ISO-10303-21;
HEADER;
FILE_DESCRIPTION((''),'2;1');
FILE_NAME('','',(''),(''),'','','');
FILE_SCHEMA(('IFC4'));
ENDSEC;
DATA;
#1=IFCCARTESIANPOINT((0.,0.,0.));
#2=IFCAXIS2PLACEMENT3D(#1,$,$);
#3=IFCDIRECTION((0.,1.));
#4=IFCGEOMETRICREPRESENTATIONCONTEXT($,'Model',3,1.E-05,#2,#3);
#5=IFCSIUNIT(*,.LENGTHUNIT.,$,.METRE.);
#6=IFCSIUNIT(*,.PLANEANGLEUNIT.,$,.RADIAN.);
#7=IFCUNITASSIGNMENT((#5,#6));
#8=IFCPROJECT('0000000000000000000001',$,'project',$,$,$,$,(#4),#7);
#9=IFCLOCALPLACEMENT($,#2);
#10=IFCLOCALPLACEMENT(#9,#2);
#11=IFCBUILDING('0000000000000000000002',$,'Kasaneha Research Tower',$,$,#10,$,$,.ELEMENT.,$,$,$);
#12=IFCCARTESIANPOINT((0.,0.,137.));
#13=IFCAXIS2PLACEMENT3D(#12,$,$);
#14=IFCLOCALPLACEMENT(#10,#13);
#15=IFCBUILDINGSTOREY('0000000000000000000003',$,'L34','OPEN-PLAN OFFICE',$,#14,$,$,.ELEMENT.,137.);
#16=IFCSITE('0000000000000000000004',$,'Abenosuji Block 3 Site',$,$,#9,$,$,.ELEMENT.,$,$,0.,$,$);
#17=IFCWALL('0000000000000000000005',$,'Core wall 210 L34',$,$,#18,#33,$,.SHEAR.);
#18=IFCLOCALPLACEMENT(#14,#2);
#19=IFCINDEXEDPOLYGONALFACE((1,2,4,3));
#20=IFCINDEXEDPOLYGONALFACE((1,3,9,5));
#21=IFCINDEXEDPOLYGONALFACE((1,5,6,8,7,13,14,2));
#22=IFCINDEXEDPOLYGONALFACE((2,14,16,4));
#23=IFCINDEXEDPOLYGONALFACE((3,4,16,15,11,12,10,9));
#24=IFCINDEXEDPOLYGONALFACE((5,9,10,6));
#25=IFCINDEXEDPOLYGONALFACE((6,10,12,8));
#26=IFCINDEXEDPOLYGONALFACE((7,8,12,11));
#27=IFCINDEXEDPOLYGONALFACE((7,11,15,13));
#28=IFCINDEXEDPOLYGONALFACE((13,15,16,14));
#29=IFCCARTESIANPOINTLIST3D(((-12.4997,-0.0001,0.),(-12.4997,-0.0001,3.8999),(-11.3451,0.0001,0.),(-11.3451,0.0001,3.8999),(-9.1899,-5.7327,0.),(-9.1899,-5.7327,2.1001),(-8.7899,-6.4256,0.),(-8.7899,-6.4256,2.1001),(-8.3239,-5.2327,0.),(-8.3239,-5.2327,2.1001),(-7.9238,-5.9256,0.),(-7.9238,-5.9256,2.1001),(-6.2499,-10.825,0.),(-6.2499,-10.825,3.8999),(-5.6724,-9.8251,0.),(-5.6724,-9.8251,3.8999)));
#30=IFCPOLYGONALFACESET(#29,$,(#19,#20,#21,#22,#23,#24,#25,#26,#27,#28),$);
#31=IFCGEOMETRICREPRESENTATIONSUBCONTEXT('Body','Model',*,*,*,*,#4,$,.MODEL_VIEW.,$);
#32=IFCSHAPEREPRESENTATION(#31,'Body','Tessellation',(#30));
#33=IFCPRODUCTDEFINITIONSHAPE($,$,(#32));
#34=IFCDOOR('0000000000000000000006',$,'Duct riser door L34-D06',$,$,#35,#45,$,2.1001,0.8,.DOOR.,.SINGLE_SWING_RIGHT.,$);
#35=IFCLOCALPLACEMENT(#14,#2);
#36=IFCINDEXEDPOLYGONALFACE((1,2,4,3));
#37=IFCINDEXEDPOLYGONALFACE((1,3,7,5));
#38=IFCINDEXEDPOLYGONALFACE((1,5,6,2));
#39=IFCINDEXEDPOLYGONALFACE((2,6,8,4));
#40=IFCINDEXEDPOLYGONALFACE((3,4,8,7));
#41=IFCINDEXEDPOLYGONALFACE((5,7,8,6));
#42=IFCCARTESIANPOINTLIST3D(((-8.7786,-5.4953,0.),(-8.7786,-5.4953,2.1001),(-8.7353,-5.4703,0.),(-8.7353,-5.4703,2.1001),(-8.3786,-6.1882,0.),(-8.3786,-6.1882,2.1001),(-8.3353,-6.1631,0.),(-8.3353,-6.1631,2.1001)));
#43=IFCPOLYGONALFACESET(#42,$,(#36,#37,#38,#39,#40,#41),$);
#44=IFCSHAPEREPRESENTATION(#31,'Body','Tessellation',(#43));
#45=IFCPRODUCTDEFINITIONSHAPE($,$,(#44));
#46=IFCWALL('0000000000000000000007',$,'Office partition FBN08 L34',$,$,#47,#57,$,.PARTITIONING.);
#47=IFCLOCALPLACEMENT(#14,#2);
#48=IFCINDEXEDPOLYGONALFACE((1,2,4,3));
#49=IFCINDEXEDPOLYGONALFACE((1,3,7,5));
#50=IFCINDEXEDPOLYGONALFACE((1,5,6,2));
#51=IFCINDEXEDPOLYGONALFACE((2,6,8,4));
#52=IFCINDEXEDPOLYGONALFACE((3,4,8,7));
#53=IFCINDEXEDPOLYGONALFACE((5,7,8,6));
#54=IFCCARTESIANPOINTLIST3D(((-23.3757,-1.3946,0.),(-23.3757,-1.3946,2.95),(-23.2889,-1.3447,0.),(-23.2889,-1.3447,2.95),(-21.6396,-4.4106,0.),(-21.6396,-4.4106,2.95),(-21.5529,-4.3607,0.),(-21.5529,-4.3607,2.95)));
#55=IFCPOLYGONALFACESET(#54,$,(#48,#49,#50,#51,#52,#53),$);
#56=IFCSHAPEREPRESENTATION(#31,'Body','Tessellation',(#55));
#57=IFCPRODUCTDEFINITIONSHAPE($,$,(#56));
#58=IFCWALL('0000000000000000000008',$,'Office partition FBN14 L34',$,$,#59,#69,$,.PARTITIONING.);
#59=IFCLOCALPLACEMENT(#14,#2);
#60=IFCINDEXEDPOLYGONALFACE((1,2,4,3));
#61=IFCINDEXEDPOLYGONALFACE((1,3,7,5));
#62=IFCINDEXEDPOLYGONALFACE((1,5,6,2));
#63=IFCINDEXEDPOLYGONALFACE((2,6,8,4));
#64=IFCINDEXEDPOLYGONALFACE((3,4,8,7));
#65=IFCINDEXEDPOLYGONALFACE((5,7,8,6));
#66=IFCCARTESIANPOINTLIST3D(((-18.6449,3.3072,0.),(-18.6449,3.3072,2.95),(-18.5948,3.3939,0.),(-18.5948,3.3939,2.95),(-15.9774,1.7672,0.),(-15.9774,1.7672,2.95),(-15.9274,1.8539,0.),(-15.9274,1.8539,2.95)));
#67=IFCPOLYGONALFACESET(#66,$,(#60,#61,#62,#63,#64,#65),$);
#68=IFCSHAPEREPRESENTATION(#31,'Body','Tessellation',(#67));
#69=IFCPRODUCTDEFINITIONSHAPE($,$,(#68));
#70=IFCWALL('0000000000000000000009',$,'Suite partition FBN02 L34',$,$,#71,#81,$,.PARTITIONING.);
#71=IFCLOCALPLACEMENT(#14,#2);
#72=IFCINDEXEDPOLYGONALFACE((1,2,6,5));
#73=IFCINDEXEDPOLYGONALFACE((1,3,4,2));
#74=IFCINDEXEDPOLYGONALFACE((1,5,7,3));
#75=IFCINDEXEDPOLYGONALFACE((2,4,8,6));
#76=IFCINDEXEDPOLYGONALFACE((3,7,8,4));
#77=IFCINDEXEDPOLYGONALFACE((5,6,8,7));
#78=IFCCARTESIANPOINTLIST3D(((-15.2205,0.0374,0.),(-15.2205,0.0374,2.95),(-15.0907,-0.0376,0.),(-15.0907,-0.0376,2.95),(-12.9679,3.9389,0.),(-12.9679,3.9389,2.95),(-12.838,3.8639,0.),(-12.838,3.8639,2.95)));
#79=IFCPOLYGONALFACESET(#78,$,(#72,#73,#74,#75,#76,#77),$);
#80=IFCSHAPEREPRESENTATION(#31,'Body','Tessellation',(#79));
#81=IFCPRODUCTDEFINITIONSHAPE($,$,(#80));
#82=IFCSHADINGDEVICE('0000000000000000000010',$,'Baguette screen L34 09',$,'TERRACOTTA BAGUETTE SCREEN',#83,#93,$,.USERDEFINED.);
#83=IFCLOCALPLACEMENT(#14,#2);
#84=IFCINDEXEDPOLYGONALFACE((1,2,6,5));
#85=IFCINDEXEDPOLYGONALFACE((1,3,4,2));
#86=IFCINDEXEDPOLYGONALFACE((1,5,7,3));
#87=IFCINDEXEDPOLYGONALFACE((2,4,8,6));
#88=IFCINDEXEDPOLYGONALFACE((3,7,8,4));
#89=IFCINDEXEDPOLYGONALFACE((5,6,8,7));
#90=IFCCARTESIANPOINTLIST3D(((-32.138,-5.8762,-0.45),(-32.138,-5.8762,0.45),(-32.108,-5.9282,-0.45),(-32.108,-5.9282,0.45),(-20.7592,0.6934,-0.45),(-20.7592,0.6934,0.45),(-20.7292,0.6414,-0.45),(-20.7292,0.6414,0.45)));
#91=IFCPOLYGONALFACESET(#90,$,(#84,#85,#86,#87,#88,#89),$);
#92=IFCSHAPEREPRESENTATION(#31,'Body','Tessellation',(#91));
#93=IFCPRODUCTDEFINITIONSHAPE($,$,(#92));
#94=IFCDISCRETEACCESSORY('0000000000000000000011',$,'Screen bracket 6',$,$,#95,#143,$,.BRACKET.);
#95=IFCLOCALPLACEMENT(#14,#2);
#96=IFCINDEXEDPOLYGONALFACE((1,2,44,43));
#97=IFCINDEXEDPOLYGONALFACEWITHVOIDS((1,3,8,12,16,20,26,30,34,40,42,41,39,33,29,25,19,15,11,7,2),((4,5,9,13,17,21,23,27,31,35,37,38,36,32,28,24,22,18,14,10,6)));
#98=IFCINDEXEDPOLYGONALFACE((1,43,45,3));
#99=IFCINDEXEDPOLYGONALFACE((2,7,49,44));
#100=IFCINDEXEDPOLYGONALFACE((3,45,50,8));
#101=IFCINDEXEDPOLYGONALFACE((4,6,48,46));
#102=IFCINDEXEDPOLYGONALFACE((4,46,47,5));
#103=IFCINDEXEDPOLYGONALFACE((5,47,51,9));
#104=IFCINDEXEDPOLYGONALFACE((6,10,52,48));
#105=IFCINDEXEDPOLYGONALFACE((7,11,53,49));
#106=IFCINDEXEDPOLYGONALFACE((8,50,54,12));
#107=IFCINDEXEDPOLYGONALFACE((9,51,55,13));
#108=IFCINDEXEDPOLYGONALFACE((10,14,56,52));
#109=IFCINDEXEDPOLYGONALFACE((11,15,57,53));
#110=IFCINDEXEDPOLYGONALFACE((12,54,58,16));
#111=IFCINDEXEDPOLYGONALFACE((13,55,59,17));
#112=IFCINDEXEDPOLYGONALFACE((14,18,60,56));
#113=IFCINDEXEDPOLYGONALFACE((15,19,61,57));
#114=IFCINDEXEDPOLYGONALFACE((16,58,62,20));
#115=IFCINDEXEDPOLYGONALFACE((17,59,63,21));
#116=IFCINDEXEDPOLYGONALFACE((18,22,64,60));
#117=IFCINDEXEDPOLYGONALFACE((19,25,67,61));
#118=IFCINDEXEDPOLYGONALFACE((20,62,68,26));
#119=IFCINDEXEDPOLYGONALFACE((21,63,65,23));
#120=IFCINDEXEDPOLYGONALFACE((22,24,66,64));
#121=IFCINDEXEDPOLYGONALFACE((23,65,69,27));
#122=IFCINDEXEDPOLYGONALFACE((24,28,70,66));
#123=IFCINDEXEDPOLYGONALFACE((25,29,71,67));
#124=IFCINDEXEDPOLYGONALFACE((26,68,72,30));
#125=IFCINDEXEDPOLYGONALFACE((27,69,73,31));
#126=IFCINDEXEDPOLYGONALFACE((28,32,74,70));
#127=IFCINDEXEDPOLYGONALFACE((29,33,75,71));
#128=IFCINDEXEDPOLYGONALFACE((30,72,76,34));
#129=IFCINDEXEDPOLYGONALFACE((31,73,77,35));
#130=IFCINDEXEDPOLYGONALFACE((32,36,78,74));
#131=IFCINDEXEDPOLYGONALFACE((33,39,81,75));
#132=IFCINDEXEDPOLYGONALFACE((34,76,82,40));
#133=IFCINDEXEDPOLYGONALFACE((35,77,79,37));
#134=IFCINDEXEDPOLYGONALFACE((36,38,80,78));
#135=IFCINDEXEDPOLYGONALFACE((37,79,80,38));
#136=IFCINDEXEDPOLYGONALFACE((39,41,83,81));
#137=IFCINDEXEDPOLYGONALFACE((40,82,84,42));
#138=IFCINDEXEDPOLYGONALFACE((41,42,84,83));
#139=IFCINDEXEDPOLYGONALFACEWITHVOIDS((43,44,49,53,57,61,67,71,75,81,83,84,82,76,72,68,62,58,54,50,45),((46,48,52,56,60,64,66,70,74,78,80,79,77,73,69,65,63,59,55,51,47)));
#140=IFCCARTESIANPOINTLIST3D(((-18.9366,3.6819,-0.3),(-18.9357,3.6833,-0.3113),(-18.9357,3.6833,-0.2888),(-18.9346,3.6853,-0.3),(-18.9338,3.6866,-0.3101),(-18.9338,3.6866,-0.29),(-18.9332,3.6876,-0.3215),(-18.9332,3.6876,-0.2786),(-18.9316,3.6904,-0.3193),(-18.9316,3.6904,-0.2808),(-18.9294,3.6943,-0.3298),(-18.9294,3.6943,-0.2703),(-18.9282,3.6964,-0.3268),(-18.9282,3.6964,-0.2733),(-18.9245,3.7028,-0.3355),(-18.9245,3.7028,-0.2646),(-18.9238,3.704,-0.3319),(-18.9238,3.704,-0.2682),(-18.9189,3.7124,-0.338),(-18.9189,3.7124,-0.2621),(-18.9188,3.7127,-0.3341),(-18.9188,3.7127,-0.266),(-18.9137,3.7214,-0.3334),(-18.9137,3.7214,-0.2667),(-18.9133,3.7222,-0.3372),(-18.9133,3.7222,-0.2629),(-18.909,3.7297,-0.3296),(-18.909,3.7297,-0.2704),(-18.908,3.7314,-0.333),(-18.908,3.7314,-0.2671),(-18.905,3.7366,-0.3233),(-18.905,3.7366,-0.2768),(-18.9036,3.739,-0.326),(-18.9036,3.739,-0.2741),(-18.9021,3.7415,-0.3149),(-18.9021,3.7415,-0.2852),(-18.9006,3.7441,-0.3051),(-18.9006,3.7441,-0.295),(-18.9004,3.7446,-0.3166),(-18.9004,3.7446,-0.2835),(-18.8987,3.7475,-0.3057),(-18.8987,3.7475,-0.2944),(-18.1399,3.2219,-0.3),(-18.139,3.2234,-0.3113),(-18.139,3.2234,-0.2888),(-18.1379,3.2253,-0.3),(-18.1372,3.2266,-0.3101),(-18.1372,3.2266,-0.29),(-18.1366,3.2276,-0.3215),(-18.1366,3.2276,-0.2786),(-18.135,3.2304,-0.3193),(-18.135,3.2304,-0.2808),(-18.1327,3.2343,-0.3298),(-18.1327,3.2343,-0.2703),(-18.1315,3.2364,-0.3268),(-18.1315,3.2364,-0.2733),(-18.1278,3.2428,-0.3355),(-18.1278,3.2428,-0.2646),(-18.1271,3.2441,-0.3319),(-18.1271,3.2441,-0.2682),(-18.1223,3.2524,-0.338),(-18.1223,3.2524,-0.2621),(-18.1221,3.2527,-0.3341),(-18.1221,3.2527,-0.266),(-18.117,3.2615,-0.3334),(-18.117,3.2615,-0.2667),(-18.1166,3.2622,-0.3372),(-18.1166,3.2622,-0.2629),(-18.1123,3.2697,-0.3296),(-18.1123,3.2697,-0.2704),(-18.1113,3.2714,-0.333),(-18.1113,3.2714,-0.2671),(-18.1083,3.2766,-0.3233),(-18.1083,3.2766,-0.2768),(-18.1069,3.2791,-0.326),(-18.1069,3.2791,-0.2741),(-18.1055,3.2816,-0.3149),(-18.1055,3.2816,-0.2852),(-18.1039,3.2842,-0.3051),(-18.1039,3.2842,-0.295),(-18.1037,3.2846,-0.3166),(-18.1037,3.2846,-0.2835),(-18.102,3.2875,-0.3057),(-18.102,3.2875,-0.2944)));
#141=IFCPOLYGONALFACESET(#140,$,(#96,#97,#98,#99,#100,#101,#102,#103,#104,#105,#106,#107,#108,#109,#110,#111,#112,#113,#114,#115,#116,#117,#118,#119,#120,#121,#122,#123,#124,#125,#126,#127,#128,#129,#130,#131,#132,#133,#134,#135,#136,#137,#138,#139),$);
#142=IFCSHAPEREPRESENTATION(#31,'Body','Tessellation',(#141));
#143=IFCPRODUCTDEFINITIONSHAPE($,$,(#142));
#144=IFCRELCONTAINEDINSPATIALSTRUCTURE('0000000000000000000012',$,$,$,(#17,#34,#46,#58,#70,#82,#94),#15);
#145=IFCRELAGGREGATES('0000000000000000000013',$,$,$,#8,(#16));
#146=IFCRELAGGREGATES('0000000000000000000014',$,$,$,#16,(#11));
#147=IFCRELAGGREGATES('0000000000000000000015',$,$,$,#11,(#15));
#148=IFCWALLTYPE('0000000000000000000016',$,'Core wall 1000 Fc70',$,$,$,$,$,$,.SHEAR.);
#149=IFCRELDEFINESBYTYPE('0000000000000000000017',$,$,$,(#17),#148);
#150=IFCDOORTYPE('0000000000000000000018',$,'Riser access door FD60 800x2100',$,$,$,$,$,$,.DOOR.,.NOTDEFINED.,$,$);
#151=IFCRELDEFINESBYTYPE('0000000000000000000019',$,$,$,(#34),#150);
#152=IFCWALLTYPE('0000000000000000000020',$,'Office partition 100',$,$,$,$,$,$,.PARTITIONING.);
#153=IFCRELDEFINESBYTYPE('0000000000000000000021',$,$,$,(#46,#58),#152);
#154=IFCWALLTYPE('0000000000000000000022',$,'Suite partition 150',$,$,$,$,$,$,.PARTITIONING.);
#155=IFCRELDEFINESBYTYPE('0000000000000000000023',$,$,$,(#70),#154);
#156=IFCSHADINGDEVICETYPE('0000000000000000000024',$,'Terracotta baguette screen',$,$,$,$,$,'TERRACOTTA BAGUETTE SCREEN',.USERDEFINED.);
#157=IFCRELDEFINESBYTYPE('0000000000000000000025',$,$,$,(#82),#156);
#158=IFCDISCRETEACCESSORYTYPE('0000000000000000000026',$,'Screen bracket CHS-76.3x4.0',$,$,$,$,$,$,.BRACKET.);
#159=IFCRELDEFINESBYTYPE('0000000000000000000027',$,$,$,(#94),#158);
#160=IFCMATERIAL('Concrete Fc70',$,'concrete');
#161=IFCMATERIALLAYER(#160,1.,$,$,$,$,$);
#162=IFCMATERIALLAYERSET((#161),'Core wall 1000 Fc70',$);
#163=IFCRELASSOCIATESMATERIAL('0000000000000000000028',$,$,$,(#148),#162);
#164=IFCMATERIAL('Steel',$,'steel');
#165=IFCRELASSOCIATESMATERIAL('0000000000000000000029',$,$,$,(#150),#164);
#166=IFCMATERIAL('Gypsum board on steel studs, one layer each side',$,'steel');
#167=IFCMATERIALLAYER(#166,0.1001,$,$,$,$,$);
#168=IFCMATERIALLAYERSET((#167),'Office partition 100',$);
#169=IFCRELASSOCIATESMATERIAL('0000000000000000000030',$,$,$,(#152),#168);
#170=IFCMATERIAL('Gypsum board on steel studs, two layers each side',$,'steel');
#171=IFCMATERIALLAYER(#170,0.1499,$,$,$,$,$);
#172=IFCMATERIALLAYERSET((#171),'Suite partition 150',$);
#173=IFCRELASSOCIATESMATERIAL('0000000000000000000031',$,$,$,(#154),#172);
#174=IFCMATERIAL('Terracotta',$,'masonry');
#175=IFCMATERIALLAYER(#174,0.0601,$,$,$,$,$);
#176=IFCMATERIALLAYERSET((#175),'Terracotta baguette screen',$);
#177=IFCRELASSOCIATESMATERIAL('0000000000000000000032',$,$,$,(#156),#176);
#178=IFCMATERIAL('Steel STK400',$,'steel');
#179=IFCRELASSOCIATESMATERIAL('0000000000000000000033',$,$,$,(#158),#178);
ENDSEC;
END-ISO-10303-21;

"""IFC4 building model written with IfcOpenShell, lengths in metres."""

from ifc_helpers import new_model, si_unit, direction, frame, frame_2d, origin, origin_2d, place, context, subcontext, project, spatial, polyline, rectangle, hollow_circle, outline, extrude, material, layer, layer_set, material_profile, profile_set, type_object, element, fill, save


model = new_model("IFC4")

# Units and contexts
model_context = context("Model", 3, precision=1e-05, world=origin(), true_north=direction((0.0, 1.0)))
body_context = subcontext(model_context, "Body", "Model", "MODEL_VIEW")
ifc_project = project(units=[si_unit("LENGTHUNIT", "METRE"), si_unit("PLANEANGLEUNIT", "RADIAN")], contexts=[model_context])

# Site, building, storey
site_placement = place(None, origin())
site = spatial("IfcSite", under=ifc_project, at=site_placement, Name="Abenosuji Block 3 Site", CompositionType="ELEMENT", RefElevation=0.0)
building_placement = place(site_placement, origin())
building = spatial("IfcBuilding", under=site, at=building_placement, Name="Kasaneha Research Tower", CompositionType="ELEMENT")
storey_placement = place(building_placement, frame((0.0, 0.0, 137.0)))
storey = spatial("IfcBuildingStorey", under=building, at=storey_placement, Name="L34", Description="OPEN-PLAN OFFICE", CompositionType="ELEMENT", Elevation=137.0)

# Wall, opening, door
ifc_material_1 = material(Name="Concrete Fc70", Category="concrete")
ifc_layer_1 = layer(ifc_material_1, 1.0)
ifc_layer_set_1 = layer_set([ifc_layer_1], Name="Core wall 1000 Fc70")
wall_type_1 = type_object("IfcWallType", Name="Core wall 1000 Fc70", PredefinedType="SHEAR", material=ifc_layer_set_1)
wall_1_placement = place(storey_placement, frame((-11.9224, 0.0, 0.0), z_axis=(0.0, 0.0, 1.0), x_axis=(0.500004, -0.866023, 0.0)))
wall_1 = element("IfcWall", 1, at=wall_1_placement, inside=storey, type_object=wall_type_1, Name="Core wall 210 L34", PredefinedType="SHEAR", context=body_context, shape_type="SweptSolid", body=[
    extrude(outline(polyline([(-0.2886, -0.5), (6.3311, -0.5), (7.1311, -0.5), (12.2109, -0.5), (11.6338, 0.5), (7.1311, 0.5), (6.3311, 0.5), (0.2886, 0.5), (-0.2886, -0.5)])), origin(), (0.0, 0.0, 1.0), 3.8999),
])
opening_placement = place(wall_1_placement, frame((6.3311, 0.0, 0.0)))
opening = element("IfcOpeningElement", 2, at=opening_placement, cuts=wall_1, PredefinedType="OPENING", context=body_context, shape_type="SweptSolid", body=[
    extrude(rectangle(XDim=0.8, YDim=2.1001, at=frame_2d((0.3999, 1.05))), frame((0.0, 0.51, 0.0), z_axis=(0.0, -1.0, 0.0), x_axis=(1.0, 0.0, 0.0)), (0.0, 0.0, 1.0), 1.02),
])
ifc_material_2 = material(Name="Steel", Category="steel")
door_type = type_object("IfcDoorType", Name="Riser access door FD60 800x2100", OperationType="NOTDEFINED", PredefinedType="DOOR", material=ifc_material_2)
door_placement = place(opening_placement, origin())
door = element("IfcDoor", 3, at=door_placement, inside=storey, type_object=door_type, Name="Duct riser door L34-D06", OperationType="SINGLE_SWING_RIGHT", OverallHeight=2.1001, OverallWidth=0.8, PredefinedType="DOOR", context=body_context, shape_type="SweptSolid", body=[
    extrude(rectangle(XDim=0.8, YDim=2.1001, at=frame_2d((0.3999, 1.05))), frame((0.0, 0.0249, 0.0), z_axis=(0.0, -1.0, 0.0), x_axis=(1.0, 0.0, 0.0)), (0.0, 0.0, 1.0), 0.05),
])
fill(opening, door)

# Walls
ifc_material_3 = material(Name="Gypsum board on steel studs, one layer each side", Category="steel")
ifc_layer_2 = layer(ifc_material_3, 0.1001)
ifc_layer_set_2 = layer_set([ifc_layer_2], Name="Office partition 100")
wall_type_2 = type_object("IfcWallType", Name="Office partition 100", PredefinedType="PARTITIONING", material=ifc_layer_set_2)
wall_2_placement = place(storey_placement, frame((-23.3323, -1.3696, 0.0), z_axis=(0.0, 0.0, 1.0), x_axis=(0.498864, -0.86668, 0.0)))
element("IfcWall", 4, at=wall_2_placement, inside=storey, type_object=wall_type_2, Name="Office partition FBN08 L34", PredefinedType="PARTITIONING", context=body_context, shape_type="SweptSolid", body=[
    extrude(rectangle(XDim=3.48, YDim=0.1001, at=frame_2d((1.74, 0.0))), origin(), (0.0, 0.0, 1.0), 2.95),
])
wall_3_placement = place(storey_placement, frame((-15.9524, 1.8105, 0.0), z_axis=(0.0, 0.0, 1.0), x_axis=(-0.86603, 0.499992, 0.0)))
element("IfcWall", 5, at=wall_3_placement, inside=storey, type_object=wall_type_2, Name="Office partition FBN14 L34", PredefinedType="PARTITIONING", context=body_context, shape_type="SweptSolid", body=[
    extrude(rectangle(XDim=3.0801, YDim=0.1001, at=frame_2d((1.54, 0.0))), origin(), (0.0, 0.0, 1.0), 2.95),
])
ifc_material_4 = material(Name="Gypsum board on steel studs, two layers each side", Category="steel")
ifc_layer_3 = layer(ifc_material_4, 0.1499)
ifc_layer_set_3 = layer_set([ifc_layer_3], Name="Suite partition 150")
wall_type_3 = type_object("IfcWallType", Name="Suite partition 150", PredefinedType="PARTITIONING", material=ifc_layer_set_3)
wall_4_placement = place(storey_placement, frame((-15.1555, 0.0, 0.0), z_axis=(0.0, 0.0, 1.0), x_axis=(0.500015, 0.866017, 0.0)))
element("IfcWall", 6, at=wall_4_placement, inside=storey, type_object=wall_type_3, Name="Suite partition FBN02 L34", PredefinedType="PARTITIONING", context=body_context, shape_type="SweptSolid", body=[
    extrude(rectangle(XDim=4.5051, YDim=0.1499, at=frame_2d((2.2524, 0.0))), origin(), (0.0, 0.0, 1.0), 2.95),
])

# Shading device
ifc_material_5 = material(Name="Terracotta", Category="masonry")
ifc_layer_4 = layer(ifc_material_5, 0.0601)
ifc_layer_set_4 = layer_set([ifc_layer_4], Name="Terracotta baguette screen")
shading_device_type = type_object("IfcShadingDeviceType", Name="Terracotta baguette screen", ElementType="TERRACOTTA BAGUETTE SCREEN", PredefinedType="USERDEFINED", material=ifc_layer_set_4)
shading_device_placement = place(storey_placement, frame((-26.4336, -2.6174, -0.45), z_axis=(0.0, 0.0, 1.0), x_axis=(-0.866025, -0.5, 0.0)))
element("IfcShadingDevice", 7, at=shading_device_placement, inside=storey, type_object=shading_device_type, Name="Baguette screen L34 09", ObjectType="TERRACOTTA BAGUETTE SCREEN", PredefinedType="USERDEFINED", context=body_context, shape_type="SweptSolid", body=[
    extrude(rectangle(XDim=13.1392, YDim=0.0601, at=origin_2d()), origin(), (0.0, 0.0, 1.0), 0.8999),
])

# Discrete accessory
ifc_material_6 = material(Name="Steel STK400", Category="steel")
ifc_material_profile_1 = material_profile(ifc_material_6, hollow_circle(Radius=0.0381, WallThickness=0.0039, at=origin_2d()), Name="CHS-76.3x4.0")
ifc_profile_set_1 = profile_set([ifc_material_profile_1], Name="Steel STK400")
discrete_accessory_type = type_object("IfcDiscreteAccessoryType", Name="Screen bracket CHS-76.3x4.0", PredefinedType="BRACKET", material=ifc_profile_set_1)
for number, where, z_axis, x_axis, name in (
    (8, (-18.1208, 3.2549, -0.3), (-0.866013, 0.500021, 0.0), (-0.500021, -0.866013, 0.0), "Screen bracket 6"),
):
    element("IfcDiscreteAccessory", number, at=place(storey_placement, frame(where, z_axis=z_axis, x_axis=x_axis)), inside=storey, type_object=discrete_accessory_type, Name=name, PredefinedType="BRACKET", context=body_context, shape_type="SweptSolid", body=[
        extrude(hollow_circle(Radius=0.0381, WallThickness=0.0039, at=origin_2d()), origin(), (0.0, 0.0, 1.0), 0.9199),
    ])

save(model, "model.ifc")
